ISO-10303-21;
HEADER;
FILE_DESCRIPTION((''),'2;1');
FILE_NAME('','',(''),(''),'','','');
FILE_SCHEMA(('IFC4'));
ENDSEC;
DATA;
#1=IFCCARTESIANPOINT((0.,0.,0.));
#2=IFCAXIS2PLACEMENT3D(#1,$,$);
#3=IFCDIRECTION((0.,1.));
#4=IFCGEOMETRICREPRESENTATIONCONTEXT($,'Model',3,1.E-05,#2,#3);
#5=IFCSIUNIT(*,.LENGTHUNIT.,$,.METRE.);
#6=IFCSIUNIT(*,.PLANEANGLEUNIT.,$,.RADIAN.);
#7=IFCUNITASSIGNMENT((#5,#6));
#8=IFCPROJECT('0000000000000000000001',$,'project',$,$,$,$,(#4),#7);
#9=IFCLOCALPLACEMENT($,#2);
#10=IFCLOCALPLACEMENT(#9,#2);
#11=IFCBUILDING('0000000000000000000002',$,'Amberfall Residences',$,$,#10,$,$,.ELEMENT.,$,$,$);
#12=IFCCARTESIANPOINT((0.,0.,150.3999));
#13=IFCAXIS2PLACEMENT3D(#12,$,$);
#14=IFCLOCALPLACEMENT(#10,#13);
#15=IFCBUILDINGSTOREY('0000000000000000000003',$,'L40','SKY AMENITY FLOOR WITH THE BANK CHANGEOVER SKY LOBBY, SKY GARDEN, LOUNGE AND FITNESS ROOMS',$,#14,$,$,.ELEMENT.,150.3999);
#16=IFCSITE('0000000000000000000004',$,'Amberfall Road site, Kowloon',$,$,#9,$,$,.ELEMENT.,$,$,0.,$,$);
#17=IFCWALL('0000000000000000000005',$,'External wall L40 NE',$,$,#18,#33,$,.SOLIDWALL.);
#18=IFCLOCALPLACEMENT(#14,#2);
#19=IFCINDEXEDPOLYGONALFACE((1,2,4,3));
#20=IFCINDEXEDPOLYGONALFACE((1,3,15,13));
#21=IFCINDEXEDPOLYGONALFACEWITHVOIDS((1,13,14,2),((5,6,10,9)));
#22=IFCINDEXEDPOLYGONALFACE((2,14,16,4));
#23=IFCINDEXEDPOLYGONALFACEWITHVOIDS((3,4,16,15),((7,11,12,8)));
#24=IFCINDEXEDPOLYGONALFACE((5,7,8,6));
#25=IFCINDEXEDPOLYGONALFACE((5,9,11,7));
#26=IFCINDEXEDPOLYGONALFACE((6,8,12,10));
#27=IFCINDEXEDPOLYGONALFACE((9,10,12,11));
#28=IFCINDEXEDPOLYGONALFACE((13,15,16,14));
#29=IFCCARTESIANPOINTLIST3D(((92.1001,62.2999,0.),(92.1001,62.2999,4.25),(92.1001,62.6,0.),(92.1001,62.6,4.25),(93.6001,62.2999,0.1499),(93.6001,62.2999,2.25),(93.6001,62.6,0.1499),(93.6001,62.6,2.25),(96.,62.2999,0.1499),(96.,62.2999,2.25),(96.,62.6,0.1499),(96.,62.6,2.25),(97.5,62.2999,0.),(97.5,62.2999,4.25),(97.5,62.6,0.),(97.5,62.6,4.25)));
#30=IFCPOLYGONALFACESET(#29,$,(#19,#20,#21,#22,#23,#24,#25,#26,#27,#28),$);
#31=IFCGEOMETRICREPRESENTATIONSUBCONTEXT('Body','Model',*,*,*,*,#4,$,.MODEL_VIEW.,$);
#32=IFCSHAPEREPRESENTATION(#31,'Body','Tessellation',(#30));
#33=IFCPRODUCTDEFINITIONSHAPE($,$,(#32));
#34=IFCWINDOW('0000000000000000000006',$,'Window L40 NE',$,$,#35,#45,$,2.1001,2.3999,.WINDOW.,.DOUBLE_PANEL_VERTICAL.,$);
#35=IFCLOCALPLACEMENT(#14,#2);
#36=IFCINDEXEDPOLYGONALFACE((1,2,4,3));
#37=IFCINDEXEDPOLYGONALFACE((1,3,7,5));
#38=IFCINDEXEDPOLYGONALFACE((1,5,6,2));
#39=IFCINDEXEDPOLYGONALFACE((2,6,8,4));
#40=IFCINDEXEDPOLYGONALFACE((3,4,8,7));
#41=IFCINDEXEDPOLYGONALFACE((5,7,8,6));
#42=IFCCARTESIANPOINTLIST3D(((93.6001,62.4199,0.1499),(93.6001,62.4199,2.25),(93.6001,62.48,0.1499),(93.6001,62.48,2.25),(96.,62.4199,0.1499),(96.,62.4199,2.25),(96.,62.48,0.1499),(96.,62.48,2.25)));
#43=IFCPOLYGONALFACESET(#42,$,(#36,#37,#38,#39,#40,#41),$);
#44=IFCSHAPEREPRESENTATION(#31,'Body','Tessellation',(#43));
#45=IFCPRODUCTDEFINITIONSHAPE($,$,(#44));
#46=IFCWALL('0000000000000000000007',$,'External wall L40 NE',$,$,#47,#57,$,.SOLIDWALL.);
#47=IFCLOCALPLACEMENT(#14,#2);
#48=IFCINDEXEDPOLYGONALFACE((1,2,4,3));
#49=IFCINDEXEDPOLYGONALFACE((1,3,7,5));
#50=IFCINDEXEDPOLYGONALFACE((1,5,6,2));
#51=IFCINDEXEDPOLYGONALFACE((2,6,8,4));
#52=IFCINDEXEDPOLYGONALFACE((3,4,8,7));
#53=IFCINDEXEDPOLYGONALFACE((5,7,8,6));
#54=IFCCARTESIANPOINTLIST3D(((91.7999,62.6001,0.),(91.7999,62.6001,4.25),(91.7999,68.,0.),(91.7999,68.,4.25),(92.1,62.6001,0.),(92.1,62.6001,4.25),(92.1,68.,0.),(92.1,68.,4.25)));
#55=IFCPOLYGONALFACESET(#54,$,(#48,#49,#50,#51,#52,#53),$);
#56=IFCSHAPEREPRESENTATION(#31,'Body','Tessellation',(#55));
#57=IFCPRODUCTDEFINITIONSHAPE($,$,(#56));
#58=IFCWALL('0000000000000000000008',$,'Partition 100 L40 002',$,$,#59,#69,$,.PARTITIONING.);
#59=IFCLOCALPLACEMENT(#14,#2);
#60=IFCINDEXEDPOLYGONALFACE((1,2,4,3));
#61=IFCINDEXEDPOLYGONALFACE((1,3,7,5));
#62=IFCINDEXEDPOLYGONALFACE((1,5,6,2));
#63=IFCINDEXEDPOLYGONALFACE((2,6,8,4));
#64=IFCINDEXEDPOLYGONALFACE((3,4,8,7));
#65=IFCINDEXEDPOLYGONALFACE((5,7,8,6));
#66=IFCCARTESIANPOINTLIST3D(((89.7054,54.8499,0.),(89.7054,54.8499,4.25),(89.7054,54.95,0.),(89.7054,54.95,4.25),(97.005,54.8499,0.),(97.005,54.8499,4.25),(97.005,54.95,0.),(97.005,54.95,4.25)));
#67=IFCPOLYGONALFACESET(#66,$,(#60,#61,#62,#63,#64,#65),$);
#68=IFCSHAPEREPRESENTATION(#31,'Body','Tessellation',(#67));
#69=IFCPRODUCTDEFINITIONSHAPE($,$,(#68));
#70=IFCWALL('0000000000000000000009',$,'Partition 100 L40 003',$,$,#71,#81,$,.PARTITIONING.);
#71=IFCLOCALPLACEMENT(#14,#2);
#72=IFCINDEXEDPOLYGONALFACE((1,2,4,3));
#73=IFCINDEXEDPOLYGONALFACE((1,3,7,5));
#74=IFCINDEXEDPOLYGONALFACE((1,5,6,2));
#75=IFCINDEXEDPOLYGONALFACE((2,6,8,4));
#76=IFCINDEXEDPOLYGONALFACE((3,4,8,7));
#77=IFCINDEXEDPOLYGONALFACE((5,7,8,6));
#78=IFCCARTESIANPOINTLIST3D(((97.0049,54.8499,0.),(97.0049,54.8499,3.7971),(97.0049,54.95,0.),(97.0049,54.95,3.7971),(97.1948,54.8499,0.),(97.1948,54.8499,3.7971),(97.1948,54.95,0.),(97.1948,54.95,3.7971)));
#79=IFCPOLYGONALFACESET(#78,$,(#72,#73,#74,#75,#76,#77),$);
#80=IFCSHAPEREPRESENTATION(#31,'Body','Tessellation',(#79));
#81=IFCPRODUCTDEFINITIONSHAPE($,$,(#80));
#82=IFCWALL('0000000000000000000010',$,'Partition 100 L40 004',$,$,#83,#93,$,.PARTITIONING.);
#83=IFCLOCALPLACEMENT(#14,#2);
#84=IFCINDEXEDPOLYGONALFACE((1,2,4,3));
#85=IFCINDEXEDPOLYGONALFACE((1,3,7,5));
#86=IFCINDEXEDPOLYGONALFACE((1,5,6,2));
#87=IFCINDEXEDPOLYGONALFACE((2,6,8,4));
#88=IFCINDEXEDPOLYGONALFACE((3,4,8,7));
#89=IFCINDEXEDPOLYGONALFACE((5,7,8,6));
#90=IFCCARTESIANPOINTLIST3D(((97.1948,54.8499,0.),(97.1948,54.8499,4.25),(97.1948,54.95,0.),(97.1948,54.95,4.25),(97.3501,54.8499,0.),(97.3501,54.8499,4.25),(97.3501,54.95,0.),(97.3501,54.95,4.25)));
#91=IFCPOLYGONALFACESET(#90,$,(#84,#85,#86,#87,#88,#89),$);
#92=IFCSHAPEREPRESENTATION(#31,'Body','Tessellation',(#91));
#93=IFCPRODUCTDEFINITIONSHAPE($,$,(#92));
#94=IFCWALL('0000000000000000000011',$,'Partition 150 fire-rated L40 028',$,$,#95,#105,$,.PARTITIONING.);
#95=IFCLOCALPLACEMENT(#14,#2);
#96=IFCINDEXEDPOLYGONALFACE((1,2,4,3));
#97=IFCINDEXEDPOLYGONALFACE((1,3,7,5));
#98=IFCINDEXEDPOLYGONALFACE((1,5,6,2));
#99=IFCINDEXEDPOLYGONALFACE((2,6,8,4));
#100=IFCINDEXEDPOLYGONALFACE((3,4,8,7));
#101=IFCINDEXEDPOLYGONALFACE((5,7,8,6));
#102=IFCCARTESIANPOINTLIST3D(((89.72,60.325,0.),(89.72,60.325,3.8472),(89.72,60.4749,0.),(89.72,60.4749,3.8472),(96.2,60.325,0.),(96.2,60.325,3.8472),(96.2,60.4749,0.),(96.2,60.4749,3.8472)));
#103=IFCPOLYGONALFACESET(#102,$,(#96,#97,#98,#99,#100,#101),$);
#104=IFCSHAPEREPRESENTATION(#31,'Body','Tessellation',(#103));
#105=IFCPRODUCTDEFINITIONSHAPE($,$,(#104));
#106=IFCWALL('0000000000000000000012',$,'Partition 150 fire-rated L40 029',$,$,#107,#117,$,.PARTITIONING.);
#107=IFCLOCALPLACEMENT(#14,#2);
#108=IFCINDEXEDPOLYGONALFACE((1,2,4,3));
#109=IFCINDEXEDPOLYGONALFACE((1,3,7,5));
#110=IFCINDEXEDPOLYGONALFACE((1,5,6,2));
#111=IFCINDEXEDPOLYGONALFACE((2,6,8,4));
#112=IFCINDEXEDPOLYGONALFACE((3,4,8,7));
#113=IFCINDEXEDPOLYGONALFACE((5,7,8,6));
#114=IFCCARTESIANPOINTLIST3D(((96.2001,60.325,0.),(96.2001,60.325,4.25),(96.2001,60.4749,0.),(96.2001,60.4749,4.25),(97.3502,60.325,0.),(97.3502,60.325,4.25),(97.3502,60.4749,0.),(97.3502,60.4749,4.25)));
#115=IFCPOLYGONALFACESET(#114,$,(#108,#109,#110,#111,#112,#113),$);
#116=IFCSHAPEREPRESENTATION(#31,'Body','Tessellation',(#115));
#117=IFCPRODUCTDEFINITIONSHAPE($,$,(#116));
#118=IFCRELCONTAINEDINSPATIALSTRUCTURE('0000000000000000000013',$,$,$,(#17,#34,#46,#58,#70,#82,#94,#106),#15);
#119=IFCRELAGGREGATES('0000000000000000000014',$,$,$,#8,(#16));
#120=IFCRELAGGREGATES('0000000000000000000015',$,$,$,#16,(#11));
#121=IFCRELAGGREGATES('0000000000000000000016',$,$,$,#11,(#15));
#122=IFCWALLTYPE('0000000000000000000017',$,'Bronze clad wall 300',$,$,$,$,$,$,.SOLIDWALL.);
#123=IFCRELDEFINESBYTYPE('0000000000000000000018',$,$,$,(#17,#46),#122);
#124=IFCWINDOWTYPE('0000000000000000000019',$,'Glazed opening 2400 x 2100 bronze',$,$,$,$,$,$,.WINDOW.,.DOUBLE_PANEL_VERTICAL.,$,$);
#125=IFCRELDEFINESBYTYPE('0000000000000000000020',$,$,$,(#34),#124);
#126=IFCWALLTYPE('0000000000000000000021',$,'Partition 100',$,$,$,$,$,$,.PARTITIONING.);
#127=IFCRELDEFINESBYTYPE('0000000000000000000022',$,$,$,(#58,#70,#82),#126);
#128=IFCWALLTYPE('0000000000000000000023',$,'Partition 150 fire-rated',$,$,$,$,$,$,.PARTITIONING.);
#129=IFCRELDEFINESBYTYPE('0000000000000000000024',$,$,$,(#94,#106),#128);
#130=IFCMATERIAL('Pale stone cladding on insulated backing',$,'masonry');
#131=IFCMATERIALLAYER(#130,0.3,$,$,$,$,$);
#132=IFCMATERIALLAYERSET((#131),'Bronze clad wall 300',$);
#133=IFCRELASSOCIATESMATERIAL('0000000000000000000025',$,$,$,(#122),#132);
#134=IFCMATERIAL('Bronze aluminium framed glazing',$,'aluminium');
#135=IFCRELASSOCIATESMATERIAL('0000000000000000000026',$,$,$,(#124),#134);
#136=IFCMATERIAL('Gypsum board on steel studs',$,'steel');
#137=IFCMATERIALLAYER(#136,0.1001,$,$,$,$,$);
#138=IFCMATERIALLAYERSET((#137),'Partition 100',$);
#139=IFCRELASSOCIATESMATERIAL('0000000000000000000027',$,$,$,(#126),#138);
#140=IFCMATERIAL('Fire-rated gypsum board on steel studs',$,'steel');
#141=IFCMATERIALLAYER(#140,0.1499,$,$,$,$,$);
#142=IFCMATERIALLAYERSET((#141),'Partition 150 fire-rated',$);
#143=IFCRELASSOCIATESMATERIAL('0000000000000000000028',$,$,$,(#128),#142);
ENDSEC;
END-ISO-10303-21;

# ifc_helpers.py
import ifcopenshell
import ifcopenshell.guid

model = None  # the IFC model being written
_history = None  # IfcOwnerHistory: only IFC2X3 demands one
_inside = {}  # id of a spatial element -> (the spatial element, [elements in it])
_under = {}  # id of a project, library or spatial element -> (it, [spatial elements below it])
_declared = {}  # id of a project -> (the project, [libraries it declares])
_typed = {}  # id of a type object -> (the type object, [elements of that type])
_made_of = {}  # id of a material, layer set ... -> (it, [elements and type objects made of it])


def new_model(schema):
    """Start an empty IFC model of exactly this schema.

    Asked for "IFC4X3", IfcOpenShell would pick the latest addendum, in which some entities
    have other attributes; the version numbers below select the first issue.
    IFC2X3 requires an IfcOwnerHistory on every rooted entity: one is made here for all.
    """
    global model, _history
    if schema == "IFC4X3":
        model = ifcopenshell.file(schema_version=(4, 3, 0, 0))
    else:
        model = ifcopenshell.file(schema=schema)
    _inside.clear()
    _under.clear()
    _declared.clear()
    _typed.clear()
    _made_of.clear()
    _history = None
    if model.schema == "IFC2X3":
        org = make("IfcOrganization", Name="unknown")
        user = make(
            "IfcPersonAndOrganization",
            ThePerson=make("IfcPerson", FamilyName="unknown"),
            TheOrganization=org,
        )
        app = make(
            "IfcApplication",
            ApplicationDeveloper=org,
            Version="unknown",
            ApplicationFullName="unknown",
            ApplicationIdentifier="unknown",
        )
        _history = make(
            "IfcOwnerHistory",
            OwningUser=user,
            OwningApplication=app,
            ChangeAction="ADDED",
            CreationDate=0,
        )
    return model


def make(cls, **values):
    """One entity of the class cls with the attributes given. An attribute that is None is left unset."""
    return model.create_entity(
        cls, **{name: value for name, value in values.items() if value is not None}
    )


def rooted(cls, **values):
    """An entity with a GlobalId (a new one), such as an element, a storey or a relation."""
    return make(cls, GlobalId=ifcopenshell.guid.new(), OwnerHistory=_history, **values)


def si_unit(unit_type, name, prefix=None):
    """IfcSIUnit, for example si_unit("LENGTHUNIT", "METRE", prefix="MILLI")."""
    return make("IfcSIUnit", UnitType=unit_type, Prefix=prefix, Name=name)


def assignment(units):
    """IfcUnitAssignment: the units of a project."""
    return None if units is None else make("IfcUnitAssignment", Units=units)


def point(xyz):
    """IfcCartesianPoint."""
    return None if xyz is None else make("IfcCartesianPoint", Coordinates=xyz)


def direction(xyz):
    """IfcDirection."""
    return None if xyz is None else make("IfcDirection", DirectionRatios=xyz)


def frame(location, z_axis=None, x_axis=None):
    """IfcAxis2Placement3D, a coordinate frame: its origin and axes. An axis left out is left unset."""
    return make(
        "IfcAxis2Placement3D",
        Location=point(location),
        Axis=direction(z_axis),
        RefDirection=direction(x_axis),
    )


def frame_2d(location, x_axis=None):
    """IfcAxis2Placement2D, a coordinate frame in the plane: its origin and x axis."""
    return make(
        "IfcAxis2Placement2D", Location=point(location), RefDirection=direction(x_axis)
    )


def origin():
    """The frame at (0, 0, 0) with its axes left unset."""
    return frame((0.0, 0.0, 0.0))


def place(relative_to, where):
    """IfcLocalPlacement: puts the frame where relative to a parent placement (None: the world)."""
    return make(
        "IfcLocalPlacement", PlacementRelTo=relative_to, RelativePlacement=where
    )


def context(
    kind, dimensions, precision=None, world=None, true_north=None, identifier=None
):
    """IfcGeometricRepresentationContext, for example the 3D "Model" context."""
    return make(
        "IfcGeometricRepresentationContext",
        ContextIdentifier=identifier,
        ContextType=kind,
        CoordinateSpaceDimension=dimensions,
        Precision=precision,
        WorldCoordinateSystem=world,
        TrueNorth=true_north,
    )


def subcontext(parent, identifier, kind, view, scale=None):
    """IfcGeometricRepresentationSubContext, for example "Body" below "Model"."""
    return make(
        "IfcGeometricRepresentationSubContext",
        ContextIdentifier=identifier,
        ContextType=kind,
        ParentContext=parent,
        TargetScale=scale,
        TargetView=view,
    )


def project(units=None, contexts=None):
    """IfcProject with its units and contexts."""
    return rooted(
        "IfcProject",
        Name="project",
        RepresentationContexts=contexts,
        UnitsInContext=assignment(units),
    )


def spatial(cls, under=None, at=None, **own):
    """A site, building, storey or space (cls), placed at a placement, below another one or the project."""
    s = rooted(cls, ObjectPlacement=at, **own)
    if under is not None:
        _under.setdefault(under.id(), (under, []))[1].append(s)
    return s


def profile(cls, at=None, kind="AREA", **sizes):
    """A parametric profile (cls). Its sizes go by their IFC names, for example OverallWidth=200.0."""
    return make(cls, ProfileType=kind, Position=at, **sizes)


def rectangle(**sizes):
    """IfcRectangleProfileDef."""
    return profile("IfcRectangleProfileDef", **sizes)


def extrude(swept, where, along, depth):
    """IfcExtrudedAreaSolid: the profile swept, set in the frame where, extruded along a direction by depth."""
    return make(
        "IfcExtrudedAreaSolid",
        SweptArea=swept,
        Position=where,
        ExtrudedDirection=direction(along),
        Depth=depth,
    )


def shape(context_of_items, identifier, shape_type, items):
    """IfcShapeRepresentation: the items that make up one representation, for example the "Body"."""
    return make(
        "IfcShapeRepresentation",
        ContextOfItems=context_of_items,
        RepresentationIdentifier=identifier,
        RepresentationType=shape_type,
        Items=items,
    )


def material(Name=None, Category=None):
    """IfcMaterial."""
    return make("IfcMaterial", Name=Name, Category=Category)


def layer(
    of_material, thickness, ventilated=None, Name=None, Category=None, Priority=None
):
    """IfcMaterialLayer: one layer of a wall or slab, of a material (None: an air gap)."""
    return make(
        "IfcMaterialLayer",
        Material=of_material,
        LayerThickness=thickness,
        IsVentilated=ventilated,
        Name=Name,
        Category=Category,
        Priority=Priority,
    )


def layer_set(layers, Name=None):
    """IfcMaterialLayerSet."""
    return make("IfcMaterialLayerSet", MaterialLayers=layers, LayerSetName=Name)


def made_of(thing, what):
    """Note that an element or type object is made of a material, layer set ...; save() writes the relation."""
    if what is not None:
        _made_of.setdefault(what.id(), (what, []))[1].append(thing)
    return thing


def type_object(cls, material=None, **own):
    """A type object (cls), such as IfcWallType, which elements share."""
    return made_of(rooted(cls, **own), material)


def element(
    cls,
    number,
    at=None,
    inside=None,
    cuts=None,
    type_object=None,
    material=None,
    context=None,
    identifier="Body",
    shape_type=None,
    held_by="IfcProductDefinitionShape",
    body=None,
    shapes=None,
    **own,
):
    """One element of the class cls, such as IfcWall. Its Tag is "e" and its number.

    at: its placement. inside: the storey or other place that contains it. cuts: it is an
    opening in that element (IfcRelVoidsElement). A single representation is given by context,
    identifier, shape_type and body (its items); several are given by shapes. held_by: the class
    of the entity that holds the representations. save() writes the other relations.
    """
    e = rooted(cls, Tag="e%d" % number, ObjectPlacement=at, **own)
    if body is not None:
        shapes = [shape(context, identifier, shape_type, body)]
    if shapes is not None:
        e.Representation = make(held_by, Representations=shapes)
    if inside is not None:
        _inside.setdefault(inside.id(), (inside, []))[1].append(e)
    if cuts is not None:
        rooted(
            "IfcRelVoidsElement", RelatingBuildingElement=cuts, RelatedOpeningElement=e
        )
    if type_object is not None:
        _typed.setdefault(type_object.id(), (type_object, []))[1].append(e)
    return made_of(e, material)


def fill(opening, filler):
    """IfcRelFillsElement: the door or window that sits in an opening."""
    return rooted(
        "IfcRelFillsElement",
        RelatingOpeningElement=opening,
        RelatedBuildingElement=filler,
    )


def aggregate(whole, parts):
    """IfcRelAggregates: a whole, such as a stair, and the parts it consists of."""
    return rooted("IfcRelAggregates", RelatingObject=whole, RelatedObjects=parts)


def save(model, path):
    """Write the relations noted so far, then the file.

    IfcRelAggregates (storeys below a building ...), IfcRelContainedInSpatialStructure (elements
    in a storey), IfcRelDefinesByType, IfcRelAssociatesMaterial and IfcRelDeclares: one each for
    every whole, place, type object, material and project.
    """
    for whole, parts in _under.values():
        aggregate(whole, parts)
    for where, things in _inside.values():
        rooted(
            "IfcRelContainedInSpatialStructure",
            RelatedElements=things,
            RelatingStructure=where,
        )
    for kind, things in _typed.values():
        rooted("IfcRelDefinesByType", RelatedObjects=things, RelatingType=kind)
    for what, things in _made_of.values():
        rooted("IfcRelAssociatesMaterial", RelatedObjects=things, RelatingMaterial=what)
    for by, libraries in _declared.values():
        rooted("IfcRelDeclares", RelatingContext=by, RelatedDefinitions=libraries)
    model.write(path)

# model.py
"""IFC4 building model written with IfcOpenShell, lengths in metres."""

from ifc_helpers import new_model, si_unit, direction, frame, frame_2d, origin, place, context, subcontext, project, spatial, rectangle, extrude, material, layer, layer_set, type_object, element, fill, save


model = new_model("IFC4")

# Units and contexts
model_context = context("Model", 3, precision=1e-05, world=origin(), true_north=direction((0.0, 1.0)))
body_context = subcontext(model_context, "Body", "Model", "MODEL_VIEW")
ifc_project = project(units=[si_unit("LENGTHUNIT", "METRE"), si_unit("PLANEANGLEUNIT", "RADIAN")], contexts=[model_context])

# Site, building, storey
site_placement = place(None, origin())
site = spatial("IfcSite", under=ifc_project, at=site_placement, Name="Amberfall Road site, Kowloon", CompositionType="ELEMENT", RefElevation=0.0)
building_placement = place(site_placement, origin())
building = spatial("IfcBuilding", under=site, at=building_placement, Name="Amberfall Residences", CompositionType="ELEMENT")
storey_placement = place(building_placement, frame((0.0, 0.0, 150.3999)))
storey = spatial("IfcBuildingStorey", under=building, at=storey_placement, Name="L40", Description="SKY AMENITY FLOOR WITH THE BANK CHANGEOVER SKY LOBBY, SKY GARDEN, LOUNGE AND FITNESS ROOMS", CompositionType="ELEMENT", Elevation=150.3999)

# Wall, opening, window
ifc_material_1 = material(Name="Pale stone cladding on insulated backing", Category="masonry")
ifc_layer_1 = layer(ifc_material_1, 0.3)
ifc_layer_set_1 = layer_set([ifc_layer_1], Name="Bronze clad wall 300")
wall_type_1 = type_object("IfcWallType", Name="Bronze clad wall 300", PredefinedType="SOLIDWALL", material=ifc_layer_set_1)
wall_1_placement = place(storey_placement, frame((97.5, 62.45, 0.0), z_axis=(0.0, 0.0, 1.0), x_axis=(-1.0, 0.0, 0.0)))
wall_1 = element("IfcWall", 1, at=wall_1_placement, inside=storey, type_object=wall_type_1, Name="External wall L40 NE", PredefinedType="SOLIDWALL", context=body_context, shape_type="SweptSolid", body=[
    extrude(rectangle(XDim=5.3999, YDim=0.3, at=frame_2d((2.7, 0.0))), origin(), (0.0, 0.0, 1.0), 4.25),
])
opening_placement = place(wall_1_placement, frame((1.5, 0.0, 0.1499)))
opening = element("IfcOpeningElement", 2, at=opening_placement, cuts=wall_1, PredefinedType="OPENING", context=body_context, shape_type="SweptSolid", body=[
    extrude(rectangle(XDim=2.3999, YDim=2.1001, at=frame_2d((1.2, 1.05))), frame((0.0, 0.1599, 0.0), z_axis=(0.0, -1.0, 0.0), x_axis=(1.0, 0.0, 0.0)), (0.0, 0.0, 1.0), 0.3201),
])
ifc_material_2 = material(Name="Bronze aluminium framed glazing", Category="aluminium")
window_type = type_object("IfcWindowType", Name="Glazed opening 2400 x 2100 bronze", PartitioningType="DOUBLE_PANEL_VERTICAL", PredefinedType="WINDOW", material=ifc_material_2)
window_placement = place(opening_placement, origin())
window = element("IfcWindow", 3, at=window_placement, inside=storey, type_object=window_type, Name="Window L40 NE", OverallHeight=2.1001, OverallWidth=2.3999, PartitioningType="DOUBLE_PANEL_VERTICAL", PredefinedType="WINDOW", context=body_context, shape_type="SweptSolid", body=[
    extrude(rectangle(XDim=2.3999, YDim=2.1001, at=frame_2d((1.2, 1.05))), frame((0.0, 0.03, 0.0), z_axis=(0.0, -1.0, 0.0), x_axis=(1.0, 0.0, 0.0)), (0.0, 0.0, 1.0), 0.0601),
])
fill(opening, window)

# Walls
wall_2_placement = place(storey_placement, frame((91.95, 62.6001, 0.0), z_axis=(0.0, 0.0, 1.0), x_axis=(0.0, 1.0, 0.0)))
element("IfcWall", 4, at=wall_2_placement, inside=storey, type_object=wall_type_1, Name="External wall L40 NE", PredefinedType="SOLIDWALL", context=body_context, shape_type="SweptSolid", body=[
    extrude(rectangle(XDim=5.3999, YDim=0.3, at=frame_2d((2.7, 0.0))), origin(), (0.0, 0.0, 1.0), 4.25),
])
ifc_material_3 = material(Name="Gypsum board on steel studs", Category="steel")
ifc_layer_2 = layer(ifc_material_3, 0.1001)
ifc_layer_set_2 = layer_set([ifc_layer_2], Name="Partition 100")
wall_type_2 = type_object("IfcWallType", Name="Partition 100", PredefinedType="PARTITIONING", material=ifc_layer_set_2)
wall_3_placement = place(storey_placement, frame((89.7053, 54.8999, 0.0), z_axis=(0.0, 0.0, 1.0), x_axis=(1.0, 0.0, 0.0)))
element("IfcWall", 5, at=wall_3_placement, inside=storey, type_object=wall_type_2, Name="Partition 100 L40 002", PredefinedType="PARTITIONING", context=body_context, shape_type="SweptSolid", body=[
    extrude(rectangle(XDim=7.2996, YDim=0.1001, at=frame_2d((3.6499, 0.0))), origin(), (0.0, 0.0, 1.0), 4.25),
])
wall_4_placement = place(storey_placement, frame((97.0049, 54.8999, 0.0), z_axis=(0.0, 0.0, 1.0), x_axis=(1.0, 0.0, 0.0)))
element("IfcWall", 6, at=wall_4_placement, inside=storey, type_object=wall_type_2, Name="Partition 100 L40 003", PredefinedType="PARTITIONING", context=body_context, shape_type="SweptSolid", body=[
    extrude(rectangle(XDim=0.1899, YDim=0.1001, at=frame_2d((0.095, 0.0))), origin(), (0.0, 0.0, 1.0), 3.7971),
])
wall_5_placement = place(storey_placement, frame((97.1948, 54.8999, 0.0), z_axis=(0.0, 0.0, 1.0), x_axis=(1.0, 0.0, 0.0)))
element("IfcWall", 7, at=wall_5_placement, inside=storey, type_object=wall_type_2, Name="Partition 100 L40 004", PredefinedType="PARTITIONING", context=body_context, shape_type="SweptSolid", body=[
    extrude(rectangle(XDim=0.1553, YDim=0.1001, at=frame_2d((0.0776, 0.0))), origin(), (0.0, 0.0, 1.0), 4.25),
])
ifc_material_4 = material(Name="Fire-rated gypsum board on steel studs", Category="steel")
ifc_layer_3 = layer(ifc_material_4, 0.1499)
ifc_layer_set_3 = layer_set([ifc_layer_3], Name="Partition 150 fire-rated")
wall_type_3 = type_object("IfcWallType", Name="Partition 150 fire-rated", PredefinedType="PARTITIONING", material=ifc_layer_set_3)
wall_6_placement = place(storey_placement, frame((89.72, 60.3999, 0.0), z_axis=(0.0, 0.0, 1.0), x_axis=(1.0, 0.0, 0.0)))
element("IfcWall", 8, at=wall_6_placement, inside=storey, type_object=wall_type_3, Name="Partition 150 fire-rated L40 028", PredefinedType="PARTITIONING", context=body_context, shape_type="SweptSolid", body=[
    extrude(rectangle(XDim=6.48, YDim=0.1499, at=frame_2d((3.24, 0.0))), origin(), (0.0, 0.0, 1.0), 3.8472),
])
wall_7_placement = place(storey_placement, frame((96.2, 60.3999, 0.0), z_axis=(0.0, 0.0, 1.0), x_axis=(1.0, 0.0, 0.0)))
element("IfcWall", 9, at=wall_7_placement, inside=storey, type_object=wall_type_3, Name="Partition 150 fire-rated L40 029", PredefinedType="PARTITIONING", context=body_context, shape_type="SweptSolid", body=[
    extrude(rectangle(XDim=1.1501, YDim=0.1499, at=frame_2d((0.5752, 0.0))), origin(), (0.0, 0.0, 1.0), 4.25),
])

save(model, "model.ifc")
